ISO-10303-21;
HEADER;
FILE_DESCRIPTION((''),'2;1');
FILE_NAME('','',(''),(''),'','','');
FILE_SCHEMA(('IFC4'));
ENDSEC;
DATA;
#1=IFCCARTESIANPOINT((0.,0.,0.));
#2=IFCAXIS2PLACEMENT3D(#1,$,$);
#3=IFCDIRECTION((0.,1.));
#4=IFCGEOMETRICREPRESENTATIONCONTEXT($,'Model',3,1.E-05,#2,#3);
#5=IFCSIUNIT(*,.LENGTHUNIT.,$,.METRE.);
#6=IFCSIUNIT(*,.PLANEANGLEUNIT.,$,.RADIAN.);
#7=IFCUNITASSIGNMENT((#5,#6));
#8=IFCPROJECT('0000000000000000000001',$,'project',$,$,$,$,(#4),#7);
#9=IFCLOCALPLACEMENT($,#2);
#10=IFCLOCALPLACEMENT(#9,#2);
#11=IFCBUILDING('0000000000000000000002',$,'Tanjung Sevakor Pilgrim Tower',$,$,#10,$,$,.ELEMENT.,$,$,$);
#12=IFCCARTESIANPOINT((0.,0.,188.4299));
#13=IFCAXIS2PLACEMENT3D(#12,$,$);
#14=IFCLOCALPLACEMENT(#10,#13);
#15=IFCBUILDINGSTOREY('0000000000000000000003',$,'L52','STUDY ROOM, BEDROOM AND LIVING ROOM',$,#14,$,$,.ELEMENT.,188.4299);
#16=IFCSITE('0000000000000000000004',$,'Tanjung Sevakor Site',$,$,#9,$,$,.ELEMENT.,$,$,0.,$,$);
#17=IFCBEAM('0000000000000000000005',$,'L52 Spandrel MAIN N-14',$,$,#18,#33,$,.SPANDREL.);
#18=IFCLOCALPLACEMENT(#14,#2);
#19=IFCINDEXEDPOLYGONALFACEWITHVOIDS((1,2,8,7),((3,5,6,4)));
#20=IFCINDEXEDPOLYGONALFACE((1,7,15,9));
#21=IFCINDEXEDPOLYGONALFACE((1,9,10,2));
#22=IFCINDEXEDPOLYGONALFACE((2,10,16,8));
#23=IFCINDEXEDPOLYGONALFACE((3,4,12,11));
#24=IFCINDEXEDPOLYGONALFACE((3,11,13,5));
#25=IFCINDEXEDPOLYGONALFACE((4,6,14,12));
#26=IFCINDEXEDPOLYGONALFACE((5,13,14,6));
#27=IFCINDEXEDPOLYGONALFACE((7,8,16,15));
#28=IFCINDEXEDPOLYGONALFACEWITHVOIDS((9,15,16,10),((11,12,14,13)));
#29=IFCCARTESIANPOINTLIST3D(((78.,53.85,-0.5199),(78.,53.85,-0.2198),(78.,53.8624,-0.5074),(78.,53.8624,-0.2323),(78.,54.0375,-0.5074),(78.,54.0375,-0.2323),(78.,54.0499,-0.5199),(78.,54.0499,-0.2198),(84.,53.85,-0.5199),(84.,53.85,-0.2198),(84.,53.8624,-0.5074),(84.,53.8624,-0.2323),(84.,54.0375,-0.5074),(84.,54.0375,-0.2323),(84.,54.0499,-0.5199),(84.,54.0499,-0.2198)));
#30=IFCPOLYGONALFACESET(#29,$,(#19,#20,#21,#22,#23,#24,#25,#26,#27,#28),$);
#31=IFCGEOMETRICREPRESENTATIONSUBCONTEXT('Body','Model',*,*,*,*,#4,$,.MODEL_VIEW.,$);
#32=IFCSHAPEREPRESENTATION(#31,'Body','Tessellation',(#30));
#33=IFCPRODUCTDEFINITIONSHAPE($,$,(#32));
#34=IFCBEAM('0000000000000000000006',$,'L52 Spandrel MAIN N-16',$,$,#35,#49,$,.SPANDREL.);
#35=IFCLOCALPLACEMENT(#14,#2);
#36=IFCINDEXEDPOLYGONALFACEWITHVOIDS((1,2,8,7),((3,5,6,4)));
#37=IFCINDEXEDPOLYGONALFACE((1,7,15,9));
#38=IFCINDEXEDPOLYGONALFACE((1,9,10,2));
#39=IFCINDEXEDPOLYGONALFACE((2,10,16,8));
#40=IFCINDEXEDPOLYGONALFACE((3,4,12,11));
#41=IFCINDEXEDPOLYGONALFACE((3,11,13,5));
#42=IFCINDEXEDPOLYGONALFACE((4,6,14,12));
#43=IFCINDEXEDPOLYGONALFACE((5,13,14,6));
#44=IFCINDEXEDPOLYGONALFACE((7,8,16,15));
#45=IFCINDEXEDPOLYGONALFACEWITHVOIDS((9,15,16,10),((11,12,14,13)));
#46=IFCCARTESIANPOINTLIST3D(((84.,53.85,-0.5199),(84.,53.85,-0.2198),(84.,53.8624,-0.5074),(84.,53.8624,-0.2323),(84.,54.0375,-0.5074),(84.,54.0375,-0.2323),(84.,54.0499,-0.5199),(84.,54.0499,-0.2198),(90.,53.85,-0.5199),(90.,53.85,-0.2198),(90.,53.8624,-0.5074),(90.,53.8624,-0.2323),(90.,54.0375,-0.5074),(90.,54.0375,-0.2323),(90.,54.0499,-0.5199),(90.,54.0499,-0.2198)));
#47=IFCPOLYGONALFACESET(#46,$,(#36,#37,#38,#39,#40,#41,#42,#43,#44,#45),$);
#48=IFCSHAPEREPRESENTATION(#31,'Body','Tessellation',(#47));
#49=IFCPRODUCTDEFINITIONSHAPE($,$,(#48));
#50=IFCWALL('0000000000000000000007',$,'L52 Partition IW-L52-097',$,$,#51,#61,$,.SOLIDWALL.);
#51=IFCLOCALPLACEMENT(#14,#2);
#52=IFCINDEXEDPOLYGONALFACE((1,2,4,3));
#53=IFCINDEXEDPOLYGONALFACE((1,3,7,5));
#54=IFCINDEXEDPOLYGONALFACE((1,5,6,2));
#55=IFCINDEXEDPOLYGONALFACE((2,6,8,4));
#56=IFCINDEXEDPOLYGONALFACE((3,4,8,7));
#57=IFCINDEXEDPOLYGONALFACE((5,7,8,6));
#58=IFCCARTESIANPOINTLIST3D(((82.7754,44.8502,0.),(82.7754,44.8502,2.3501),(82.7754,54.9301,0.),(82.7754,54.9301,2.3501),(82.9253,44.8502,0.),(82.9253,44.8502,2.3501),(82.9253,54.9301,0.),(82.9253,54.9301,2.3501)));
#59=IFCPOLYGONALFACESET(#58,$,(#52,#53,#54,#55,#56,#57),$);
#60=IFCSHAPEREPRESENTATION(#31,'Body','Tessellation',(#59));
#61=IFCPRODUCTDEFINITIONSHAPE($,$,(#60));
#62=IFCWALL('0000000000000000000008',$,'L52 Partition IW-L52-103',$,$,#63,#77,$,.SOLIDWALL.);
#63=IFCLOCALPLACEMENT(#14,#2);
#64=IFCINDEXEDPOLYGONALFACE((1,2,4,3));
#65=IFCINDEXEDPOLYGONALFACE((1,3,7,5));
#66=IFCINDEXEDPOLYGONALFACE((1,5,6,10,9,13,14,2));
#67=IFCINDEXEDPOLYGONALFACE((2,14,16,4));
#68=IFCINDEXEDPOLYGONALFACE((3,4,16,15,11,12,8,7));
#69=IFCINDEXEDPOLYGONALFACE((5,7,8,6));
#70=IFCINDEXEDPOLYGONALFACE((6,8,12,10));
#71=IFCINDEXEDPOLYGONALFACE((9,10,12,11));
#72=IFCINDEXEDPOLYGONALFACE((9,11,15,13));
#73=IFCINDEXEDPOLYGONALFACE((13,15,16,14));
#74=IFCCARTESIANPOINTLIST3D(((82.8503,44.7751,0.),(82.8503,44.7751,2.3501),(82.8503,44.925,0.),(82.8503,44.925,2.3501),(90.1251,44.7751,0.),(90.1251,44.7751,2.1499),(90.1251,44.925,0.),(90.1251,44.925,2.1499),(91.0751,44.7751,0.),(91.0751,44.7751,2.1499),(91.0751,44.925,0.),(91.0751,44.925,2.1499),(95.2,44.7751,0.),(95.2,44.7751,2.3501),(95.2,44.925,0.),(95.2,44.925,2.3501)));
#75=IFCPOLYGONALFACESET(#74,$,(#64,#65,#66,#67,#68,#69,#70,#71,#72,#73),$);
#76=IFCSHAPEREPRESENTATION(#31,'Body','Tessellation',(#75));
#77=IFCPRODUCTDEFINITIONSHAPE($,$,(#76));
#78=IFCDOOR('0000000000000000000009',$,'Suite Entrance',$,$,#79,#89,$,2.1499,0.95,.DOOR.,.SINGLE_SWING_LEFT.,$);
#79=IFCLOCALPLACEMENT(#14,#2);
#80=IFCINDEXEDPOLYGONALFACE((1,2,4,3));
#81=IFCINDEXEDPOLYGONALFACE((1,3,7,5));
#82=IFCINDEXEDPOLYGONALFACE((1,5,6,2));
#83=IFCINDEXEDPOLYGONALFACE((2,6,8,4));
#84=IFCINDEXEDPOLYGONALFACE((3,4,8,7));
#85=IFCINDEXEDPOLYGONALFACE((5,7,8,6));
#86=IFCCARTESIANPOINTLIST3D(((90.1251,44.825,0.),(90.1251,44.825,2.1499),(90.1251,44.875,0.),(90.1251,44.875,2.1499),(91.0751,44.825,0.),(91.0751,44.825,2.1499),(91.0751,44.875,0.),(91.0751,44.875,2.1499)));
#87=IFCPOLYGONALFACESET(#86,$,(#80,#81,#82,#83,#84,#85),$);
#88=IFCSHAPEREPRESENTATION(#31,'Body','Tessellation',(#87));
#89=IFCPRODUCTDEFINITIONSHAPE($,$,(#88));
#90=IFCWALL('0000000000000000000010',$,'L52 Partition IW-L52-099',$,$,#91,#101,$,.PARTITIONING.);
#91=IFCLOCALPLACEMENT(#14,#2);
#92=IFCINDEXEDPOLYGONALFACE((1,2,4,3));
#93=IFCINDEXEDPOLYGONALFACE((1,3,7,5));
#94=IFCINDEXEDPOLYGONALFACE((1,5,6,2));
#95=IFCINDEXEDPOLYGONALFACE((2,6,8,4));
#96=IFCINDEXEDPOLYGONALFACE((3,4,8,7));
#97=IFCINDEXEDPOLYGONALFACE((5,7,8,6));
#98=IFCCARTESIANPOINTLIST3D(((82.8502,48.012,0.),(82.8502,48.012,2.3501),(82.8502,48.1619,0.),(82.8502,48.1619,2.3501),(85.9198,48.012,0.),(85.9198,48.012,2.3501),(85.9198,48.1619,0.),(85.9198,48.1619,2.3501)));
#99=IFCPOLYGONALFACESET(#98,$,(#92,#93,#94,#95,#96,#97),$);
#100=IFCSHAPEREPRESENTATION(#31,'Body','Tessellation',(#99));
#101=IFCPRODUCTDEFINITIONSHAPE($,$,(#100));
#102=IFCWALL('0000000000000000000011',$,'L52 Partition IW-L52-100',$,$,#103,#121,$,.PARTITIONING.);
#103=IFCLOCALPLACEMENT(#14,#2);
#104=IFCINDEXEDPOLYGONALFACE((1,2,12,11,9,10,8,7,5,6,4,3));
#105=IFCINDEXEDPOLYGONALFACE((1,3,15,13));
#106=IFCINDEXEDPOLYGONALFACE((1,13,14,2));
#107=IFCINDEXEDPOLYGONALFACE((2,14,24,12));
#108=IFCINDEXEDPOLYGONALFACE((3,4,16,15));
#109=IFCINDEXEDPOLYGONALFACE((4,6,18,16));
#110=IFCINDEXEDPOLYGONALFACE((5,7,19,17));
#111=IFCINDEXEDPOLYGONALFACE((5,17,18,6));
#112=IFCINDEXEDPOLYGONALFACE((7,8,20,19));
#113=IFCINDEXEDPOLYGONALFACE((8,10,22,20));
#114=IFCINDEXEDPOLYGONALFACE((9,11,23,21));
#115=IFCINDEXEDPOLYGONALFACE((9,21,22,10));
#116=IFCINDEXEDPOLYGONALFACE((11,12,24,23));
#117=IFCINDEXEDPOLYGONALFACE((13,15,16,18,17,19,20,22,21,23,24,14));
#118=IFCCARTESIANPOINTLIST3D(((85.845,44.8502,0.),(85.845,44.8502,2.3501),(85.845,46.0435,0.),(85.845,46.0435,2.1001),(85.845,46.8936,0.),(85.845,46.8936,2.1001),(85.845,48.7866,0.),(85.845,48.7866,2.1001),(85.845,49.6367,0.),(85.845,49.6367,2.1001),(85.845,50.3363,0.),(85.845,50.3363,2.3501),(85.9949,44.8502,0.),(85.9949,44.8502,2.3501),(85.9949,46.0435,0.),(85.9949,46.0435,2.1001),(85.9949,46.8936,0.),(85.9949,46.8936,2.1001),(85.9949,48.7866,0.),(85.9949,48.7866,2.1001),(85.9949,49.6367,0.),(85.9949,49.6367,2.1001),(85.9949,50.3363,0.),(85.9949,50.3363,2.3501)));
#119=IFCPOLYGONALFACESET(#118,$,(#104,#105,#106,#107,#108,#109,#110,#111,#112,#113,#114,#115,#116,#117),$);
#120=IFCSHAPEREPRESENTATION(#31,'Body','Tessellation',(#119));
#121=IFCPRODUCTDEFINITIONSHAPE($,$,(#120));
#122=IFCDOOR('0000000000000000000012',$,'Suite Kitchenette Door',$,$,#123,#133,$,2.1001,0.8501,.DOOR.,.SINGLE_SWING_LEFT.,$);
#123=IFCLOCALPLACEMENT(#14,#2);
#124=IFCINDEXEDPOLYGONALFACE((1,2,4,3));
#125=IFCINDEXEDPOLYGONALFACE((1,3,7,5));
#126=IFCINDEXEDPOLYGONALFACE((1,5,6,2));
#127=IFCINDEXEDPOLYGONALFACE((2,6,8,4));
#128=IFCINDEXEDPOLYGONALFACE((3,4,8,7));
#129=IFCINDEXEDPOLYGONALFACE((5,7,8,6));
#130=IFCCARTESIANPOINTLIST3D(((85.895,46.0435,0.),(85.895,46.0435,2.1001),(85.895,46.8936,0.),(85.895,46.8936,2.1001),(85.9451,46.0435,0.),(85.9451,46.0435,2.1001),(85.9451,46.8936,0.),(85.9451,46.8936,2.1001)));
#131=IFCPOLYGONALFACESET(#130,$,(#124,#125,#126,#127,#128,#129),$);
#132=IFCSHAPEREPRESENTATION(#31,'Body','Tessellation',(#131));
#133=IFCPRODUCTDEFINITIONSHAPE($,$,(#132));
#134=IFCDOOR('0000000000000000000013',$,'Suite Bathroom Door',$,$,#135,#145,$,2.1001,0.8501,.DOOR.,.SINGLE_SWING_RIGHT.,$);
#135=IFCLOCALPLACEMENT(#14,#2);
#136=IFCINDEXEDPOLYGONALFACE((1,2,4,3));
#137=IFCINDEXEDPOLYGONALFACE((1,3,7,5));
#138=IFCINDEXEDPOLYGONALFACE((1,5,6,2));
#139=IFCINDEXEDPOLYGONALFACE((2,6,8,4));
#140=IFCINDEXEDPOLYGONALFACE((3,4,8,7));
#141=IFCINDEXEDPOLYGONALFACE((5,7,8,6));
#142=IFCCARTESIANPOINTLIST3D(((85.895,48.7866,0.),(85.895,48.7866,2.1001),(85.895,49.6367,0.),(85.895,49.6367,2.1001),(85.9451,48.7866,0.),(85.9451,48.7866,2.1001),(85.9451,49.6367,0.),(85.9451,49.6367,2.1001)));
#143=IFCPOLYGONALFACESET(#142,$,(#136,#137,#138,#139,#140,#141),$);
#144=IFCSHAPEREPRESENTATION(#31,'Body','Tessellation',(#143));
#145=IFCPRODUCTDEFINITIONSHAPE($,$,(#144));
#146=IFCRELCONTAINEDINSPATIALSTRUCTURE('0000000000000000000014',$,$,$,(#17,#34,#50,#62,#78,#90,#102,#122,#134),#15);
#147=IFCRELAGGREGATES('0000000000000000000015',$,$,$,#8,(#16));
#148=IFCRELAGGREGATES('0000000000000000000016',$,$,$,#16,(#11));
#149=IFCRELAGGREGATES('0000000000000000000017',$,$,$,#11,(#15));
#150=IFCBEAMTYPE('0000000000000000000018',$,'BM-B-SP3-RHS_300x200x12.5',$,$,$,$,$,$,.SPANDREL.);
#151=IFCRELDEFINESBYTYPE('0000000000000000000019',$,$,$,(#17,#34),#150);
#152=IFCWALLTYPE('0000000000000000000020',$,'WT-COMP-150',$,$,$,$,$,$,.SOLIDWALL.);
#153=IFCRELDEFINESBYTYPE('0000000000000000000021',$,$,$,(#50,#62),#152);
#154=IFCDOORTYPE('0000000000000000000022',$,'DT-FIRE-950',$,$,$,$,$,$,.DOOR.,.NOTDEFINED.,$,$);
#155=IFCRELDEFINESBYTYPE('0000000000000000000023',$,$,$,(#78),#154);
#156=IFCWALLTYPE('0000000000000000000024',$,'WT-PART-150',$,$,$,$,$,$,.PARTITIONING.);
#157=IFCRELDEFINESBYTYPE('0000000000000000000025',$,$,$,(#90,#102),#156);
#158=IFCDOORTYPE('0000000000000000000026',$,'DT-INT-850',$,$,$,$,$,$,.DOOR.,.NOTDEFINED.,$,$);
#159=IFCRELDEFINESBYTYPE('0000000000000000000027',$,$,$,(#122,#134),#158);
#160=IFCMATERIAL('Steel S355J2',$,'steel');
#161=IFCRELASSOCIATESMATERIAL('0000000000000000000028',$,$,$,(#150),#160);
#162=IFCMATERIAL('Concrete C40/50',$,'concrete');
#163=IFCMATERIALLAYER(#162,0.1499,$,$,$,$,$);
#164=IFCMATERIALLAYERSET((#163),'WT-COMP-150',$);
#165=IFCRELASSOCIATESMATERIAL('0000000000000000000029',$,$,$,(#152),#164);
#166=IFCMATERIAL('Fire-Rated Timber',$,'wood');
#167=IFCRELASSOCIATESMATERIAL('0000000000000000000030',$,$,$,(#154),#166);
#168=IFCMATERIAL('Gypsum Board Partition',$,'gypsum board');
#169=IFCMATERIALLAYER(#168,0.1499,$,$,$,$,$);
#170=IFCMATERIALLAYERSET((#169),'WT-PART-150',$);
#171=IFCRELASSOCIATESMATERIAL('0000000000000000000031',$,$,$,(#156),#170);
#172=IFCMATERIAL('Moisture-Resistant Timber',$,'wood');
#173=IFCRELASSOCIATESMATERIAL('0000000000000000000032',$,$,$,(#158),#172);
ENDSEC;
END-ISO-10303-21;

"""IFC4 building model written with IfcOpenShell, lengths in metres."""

from ifc_helpers import new_model, si_unit, direction, frame, frame_2d, origin, origin_2d, place, context, subcontext, project, spatial, rectangle, hollow_rectangle, extrude, material, layer, layer_set, material_profile, profile_set, type_object, element, fill, save


model = new_model("IFC4")

# Units and contexts
model_context = context("Model", 3, precision=1e-05, world=origin(), true_north=direction((0.0, 1.0)))
body_context = subcontext(model_context, "Body", "Model", "MODEL_VIEW")
ifc_project = project(units=[si_unit("LENGTHUNIT", "METRE"), si_unit("PLANEANGLEUNIT", "RADIAN")], contexts=[model_context])

# Site, building, storey
site_placement = place(None, origin())
site = spatial("IfcSite", under=ifc_project, at=site_placement, Name="Tanjung Sevakor Site", CompositionType="ELEMENT", RefElevation=0.0)
building_placement = place(site_placement, origin())
building = spatial("IfcBuilding", under=site, at=building_placement, Name="Tanjung Sevakor Pilgrim Tower", CompositionType="ELEMENT")
storey_placement = place(building_placement, frame((0.0, 0.0, 188.4299)))
storey = spatial("IfcBuildingStorey", under=building, at=storey_placement, Name="L52", Description="STUDY ROOM, BEDROOM AND LIVING ROOM", CompositionType="ELEMENT", Elevation=188.4299)

# Beams
ifc_material_1 = material(Name="Steel S355J2", Category="steel")
ifc_material_profile_1 = material_profile(ifc_material_1, hollow_rectangle(XDim=0.2, YDim=0.3, WallThickness=0.0125, at=origin_2d()))
ifc_profile_set_1 = profile_set([ifc_material_profile_1], Name="Steel S355J2")
beam_type_1 = type_object("IfcBeamType", Name="BM-B-SP3-RHS_300x200x12.5", PredefinedType="SPANDREL", material=ifc_profile_set_1)
for number, where, z_axis, x_axis, name in (
    (1, (78.0, 53.95, -0.3699), (1.0, 0.0, 0.0), (0.0, 1.0, 0.0), "L52 Spandrel MAIN N-14"),
    (2, (84.0, 53.95, -0.3699), (1.0, 0.0, 0.0), (0.0, 1.0, 0.0), "L52 Spandrel MAIN N-16"),
):
    element("IfcBeam", number, at=place(storey_placement, frame(where, z_axis=z_axis, x_axis=x_axis)), inside=storey, type_object=beam_type_1, Name=name, PredefinedType="SPANDREL", context=body_context, shape_type="SweptSolid", body=[
        extrude(hollow_rectangle(XDim=0.2, YDim=0.3, WallThickness=0.0125, at=origin_2d()), origin(), (0.0, 0.0, 1.0), 6.0),
    ])

# Wall
ifc_material_2 = material(Name="Concrete C40/50", Category="concrete")
ifc_layer_1 = layer(ifc_material_2, 0.1499)
ifc_layer_set_1 = layer_set([ifc_layer_1], Name="WT-COMP-150")
wall_type_1 = type_object("IfcWallType", Name="WT-COMP-150", PredefinedType="SOLIDWALL", material=ifc_layer_set_1)
wall_1_placement = place(storey_placement, frame((82.8503, 44.8501, 0.0), z_axis=(0.0, 0.0, 1.0), x_axis=(0.0, 1.0, 0.0)))
element("IfcWall", 3, at=wall_1_placement, inside=storey, type_object=wall_type_1, Name="L52 Partition IW-L52-097", PredefinedType="SOLIDWALL", context=body_context, shape_type="SweptSolid", body=[
    extrude(rectangle(XDim=10.0798, YDim=0.1499, at=frame_2d((5.04, 0.0))), origin(), (0.0, 0.0, 1.0), 2.3501),
])

# Wall, opening, door
wall_2_placement = place(storey_placement, frame((82.8503, 44.8501, 0.0), z_axis=(0.0, 0.0, 1.0), x_axis=(1.0, 0.0, 0.0)))
wall_2 = element("IfcWall", 4, at=wall_2_placement, inside=storey, type_object=wall_type_1, Name="L52 Partition IW-L52-103", PredefinedType="SOLIDWALL", context=body_context, shape_type="SweptSolid", body=[
    extrude(rectangle(XDim=12.3496, YDim=0.1499, at=frame_2d((6.1748, 0.0))), origin(), (0.0, 0.0, 1.0), 2.3501),
])
opening_1_placement = place(wall_2_placement, frame((7.2747, 0.0, 0.0)))
opening_1 = element("IfcOpeningElement", 5, at=opening_1_placement, cuts=wall_2, PredefinedType="OPENING", context=body_context, shape_type="SweptSolid", body=[
    extrude(rectangle(XDim=0.95, YDim=2.1499, at=frame_2d((0.4751, 1.075))), frame((0.0, 0.085, 0.0), z_axis=(0.0, -1.0, 0.0), x_axis=(1.0, 0.0, 0.0)), (0.0, 0.0, 1.0), 0.1699),
])
ifc_material_3 = material(Name="Fire-Rated Timber", Category="wood")
door_type_1 = type_object("IfcDoorType", Name="DT-FIRE-950", OperationType="NOTDEFINED", PredefinedType="DOOR", material=ifc_material_3)
door_1_placement = place(opening_1_placement, origin())
door_1 = element("IfcDoor", 6, at=door_1_placement, inside=storey, type_object=door_type_1, Name="Suite Entrance", OperationType="SINGLE_SWING_LEFT", OverallHeight=2.1499, OverallWidth=0.95, PredefinedType="DOOR", context=body_context, shape_type="SweptSolid", body=[
    extrude(rectangle(XDim=0.95, YDim=2.1499, at=frame_2d((0.4751, 1.075))), frame((0.0, 0.0249, 0.0), z_axis=(0.0, -1.0, 0.0), x_axis=(1.0, 0.0, 0.0)), (0.0, 0.0, 1.0), 0.05),
])
fill(opening_1, door_1)

# Wall
ifc_material_4 = material(Name="Gypsum Board Partition", Category="gypsum board")
ifc_layer_2 = layer(ifc_material_4, 0.1499)
ifc_layer_set_2 = layer_set([ifc_layer_2], Name="WT-PART-150")
wall_type_2 = type_object("IfcWallType", Name="WT-PART-150", PredefinedType="PARTITIONING", material=ifc_layer_set_2)
wall_3_placement = place(storey_placement, frame((82.8503, 48.0869, 0.0), z_axis=(0.0, 0.0, 1.0), x_axis=(1.0, 0.0, 0.0)))
element("IfcWall", 7, at=wall_3_placement, inside=storey, type_object=wall_type_2, Name="L52 Partition IW-L52-099", PredefinedType="PARTITIONING", context=body_context, shape_type="SweptSolid", body=[
    extrude(rectangle(XDim=3.0696, YDim=0.1499, at=frame_2d((1.5347, 0.0))), origin(), (0.0, 0.0, 1.0), 2.3501),
])

# Wall, openings, doors
wall_4_placement = place(storey_placement, frame((85.9199, 44.8501, 0.0), z_axis=(0.0, 0.0, 1.0), x_axis=(0.0, 1.0, 0.0)))
wall_4 = element("IfcWall", 8, at=wall_4_placement, inside=storey, type_object=wall_type_2, Name="L52 Partition IW-L52-100", PredefinedType="PARTITIONING", context=body_context, shape_type="SweptSolid", body=[
    extrude(rectangle(XDim=5.4861, YDim=0.1499, at=frame_2d((2.7432, 0.0))), origin(), (0.0, 0.0, 1.0), 2.3501),
])
opening_2_placement = place(wall_4_placement, frame((1.1934, 0.0, 0.0)))
opening_2 = element("IfcOpeningElement", 9, at=opening_2_placement, cuts=wall_4, PredefinedType="OPENING", context=body_context, shape_type="SweptSolid", body=[
    extrude(rectangle(XDim=0.8501, YDim=2.1001, at=frame_2d((0.425, 1.05))), frame((0.0, 0.085, 0.0), z_axis=(0.0, -1.0, 0.0), x_axis=(1.0, 0.0, 0.0)), (0.0, 0.0, 1.0), 0.1699),
])
opening_3_placement = place(wall_4_placement, frame((3.9365, 0.0, 0.0)))
opening_3 = element("IfcOpeningElement", 10, at=opening_3_placement, cuts=wall_4, PredefinedType="OPENING", context=body_context, shape_type="SweptSolid", body=[
    extrude(rectangle(XDim=0.8501, YDim=2.1001, at=frame_2d((0.425, 1.05))), frame((0.0, 0.085, 0.0), z_axis=(0.0, -1.0, 0.0), x_axis=(1.0, 0.0, 0.0)), (0.0, 0.0, 1.0), 0.1699),
])
ifc_material_5 = material(Name="Moisture-Resistant Timber", Category="wood")
door_type_2 = type_object("IfcDoorType", Name="DT-INT-850", OperationType="NOTDEFINED", PredefinedType="DOOR", material=ifc_material_5)
door_2_placement = place(opening_2_placement, origin())
door_2 = element("IfcDoor", 11, at=door_2_placement, inside=storey, type_object=door_type_2, Name="Suite Kitchenette Door", OperationType="SINGLE_SWING_LEFT", OverallHeight=2.1001, OverallWidth=0.8501, PredefinedType="DOOR", context=body_context, shape_type="SweptSolid", body=[
    extrude(rectangle(XDim=0.8501, YDim=2.1001, at=frame_2d((0.425, 1.05))), frame((0.0, 0.0249, 0.0), z_axis=(0.0, -1.0, 0.0), x_axis=(1.0, 0.0, 0.0)), (0.0, 0.0, 1.0), 0.05),
])
fill(opening_2, door_2)
door_3_placement = place(opening_3_placement, origin())
door_3 = element("IfcDoor", 12, at=door_3_placement, inside=storey, type_object=door_type_2, Name="Suite Bathroom Door", OperationType="SINGLE_SWING_RIGHT", OverallHeight=2.1001, OverallWidth=0.8501, PredefinedType="DOOR", context=body_context, shape_type="SweptSolid", body=[
    extrude(rectangle(XDim=0.8501, YDim=2.1001, at=frame_2d((0.425, 1.05))), frame((0.0, 0.0249, 0.0), z_axis=(0.0, -1.0, 0.0), x_axis=(1.0, 0.0, 0.0)), (0.0, 0.0, 1.0), 0.05),
])
fill(opening_3, door_3)

save(model, "model.ifc")
